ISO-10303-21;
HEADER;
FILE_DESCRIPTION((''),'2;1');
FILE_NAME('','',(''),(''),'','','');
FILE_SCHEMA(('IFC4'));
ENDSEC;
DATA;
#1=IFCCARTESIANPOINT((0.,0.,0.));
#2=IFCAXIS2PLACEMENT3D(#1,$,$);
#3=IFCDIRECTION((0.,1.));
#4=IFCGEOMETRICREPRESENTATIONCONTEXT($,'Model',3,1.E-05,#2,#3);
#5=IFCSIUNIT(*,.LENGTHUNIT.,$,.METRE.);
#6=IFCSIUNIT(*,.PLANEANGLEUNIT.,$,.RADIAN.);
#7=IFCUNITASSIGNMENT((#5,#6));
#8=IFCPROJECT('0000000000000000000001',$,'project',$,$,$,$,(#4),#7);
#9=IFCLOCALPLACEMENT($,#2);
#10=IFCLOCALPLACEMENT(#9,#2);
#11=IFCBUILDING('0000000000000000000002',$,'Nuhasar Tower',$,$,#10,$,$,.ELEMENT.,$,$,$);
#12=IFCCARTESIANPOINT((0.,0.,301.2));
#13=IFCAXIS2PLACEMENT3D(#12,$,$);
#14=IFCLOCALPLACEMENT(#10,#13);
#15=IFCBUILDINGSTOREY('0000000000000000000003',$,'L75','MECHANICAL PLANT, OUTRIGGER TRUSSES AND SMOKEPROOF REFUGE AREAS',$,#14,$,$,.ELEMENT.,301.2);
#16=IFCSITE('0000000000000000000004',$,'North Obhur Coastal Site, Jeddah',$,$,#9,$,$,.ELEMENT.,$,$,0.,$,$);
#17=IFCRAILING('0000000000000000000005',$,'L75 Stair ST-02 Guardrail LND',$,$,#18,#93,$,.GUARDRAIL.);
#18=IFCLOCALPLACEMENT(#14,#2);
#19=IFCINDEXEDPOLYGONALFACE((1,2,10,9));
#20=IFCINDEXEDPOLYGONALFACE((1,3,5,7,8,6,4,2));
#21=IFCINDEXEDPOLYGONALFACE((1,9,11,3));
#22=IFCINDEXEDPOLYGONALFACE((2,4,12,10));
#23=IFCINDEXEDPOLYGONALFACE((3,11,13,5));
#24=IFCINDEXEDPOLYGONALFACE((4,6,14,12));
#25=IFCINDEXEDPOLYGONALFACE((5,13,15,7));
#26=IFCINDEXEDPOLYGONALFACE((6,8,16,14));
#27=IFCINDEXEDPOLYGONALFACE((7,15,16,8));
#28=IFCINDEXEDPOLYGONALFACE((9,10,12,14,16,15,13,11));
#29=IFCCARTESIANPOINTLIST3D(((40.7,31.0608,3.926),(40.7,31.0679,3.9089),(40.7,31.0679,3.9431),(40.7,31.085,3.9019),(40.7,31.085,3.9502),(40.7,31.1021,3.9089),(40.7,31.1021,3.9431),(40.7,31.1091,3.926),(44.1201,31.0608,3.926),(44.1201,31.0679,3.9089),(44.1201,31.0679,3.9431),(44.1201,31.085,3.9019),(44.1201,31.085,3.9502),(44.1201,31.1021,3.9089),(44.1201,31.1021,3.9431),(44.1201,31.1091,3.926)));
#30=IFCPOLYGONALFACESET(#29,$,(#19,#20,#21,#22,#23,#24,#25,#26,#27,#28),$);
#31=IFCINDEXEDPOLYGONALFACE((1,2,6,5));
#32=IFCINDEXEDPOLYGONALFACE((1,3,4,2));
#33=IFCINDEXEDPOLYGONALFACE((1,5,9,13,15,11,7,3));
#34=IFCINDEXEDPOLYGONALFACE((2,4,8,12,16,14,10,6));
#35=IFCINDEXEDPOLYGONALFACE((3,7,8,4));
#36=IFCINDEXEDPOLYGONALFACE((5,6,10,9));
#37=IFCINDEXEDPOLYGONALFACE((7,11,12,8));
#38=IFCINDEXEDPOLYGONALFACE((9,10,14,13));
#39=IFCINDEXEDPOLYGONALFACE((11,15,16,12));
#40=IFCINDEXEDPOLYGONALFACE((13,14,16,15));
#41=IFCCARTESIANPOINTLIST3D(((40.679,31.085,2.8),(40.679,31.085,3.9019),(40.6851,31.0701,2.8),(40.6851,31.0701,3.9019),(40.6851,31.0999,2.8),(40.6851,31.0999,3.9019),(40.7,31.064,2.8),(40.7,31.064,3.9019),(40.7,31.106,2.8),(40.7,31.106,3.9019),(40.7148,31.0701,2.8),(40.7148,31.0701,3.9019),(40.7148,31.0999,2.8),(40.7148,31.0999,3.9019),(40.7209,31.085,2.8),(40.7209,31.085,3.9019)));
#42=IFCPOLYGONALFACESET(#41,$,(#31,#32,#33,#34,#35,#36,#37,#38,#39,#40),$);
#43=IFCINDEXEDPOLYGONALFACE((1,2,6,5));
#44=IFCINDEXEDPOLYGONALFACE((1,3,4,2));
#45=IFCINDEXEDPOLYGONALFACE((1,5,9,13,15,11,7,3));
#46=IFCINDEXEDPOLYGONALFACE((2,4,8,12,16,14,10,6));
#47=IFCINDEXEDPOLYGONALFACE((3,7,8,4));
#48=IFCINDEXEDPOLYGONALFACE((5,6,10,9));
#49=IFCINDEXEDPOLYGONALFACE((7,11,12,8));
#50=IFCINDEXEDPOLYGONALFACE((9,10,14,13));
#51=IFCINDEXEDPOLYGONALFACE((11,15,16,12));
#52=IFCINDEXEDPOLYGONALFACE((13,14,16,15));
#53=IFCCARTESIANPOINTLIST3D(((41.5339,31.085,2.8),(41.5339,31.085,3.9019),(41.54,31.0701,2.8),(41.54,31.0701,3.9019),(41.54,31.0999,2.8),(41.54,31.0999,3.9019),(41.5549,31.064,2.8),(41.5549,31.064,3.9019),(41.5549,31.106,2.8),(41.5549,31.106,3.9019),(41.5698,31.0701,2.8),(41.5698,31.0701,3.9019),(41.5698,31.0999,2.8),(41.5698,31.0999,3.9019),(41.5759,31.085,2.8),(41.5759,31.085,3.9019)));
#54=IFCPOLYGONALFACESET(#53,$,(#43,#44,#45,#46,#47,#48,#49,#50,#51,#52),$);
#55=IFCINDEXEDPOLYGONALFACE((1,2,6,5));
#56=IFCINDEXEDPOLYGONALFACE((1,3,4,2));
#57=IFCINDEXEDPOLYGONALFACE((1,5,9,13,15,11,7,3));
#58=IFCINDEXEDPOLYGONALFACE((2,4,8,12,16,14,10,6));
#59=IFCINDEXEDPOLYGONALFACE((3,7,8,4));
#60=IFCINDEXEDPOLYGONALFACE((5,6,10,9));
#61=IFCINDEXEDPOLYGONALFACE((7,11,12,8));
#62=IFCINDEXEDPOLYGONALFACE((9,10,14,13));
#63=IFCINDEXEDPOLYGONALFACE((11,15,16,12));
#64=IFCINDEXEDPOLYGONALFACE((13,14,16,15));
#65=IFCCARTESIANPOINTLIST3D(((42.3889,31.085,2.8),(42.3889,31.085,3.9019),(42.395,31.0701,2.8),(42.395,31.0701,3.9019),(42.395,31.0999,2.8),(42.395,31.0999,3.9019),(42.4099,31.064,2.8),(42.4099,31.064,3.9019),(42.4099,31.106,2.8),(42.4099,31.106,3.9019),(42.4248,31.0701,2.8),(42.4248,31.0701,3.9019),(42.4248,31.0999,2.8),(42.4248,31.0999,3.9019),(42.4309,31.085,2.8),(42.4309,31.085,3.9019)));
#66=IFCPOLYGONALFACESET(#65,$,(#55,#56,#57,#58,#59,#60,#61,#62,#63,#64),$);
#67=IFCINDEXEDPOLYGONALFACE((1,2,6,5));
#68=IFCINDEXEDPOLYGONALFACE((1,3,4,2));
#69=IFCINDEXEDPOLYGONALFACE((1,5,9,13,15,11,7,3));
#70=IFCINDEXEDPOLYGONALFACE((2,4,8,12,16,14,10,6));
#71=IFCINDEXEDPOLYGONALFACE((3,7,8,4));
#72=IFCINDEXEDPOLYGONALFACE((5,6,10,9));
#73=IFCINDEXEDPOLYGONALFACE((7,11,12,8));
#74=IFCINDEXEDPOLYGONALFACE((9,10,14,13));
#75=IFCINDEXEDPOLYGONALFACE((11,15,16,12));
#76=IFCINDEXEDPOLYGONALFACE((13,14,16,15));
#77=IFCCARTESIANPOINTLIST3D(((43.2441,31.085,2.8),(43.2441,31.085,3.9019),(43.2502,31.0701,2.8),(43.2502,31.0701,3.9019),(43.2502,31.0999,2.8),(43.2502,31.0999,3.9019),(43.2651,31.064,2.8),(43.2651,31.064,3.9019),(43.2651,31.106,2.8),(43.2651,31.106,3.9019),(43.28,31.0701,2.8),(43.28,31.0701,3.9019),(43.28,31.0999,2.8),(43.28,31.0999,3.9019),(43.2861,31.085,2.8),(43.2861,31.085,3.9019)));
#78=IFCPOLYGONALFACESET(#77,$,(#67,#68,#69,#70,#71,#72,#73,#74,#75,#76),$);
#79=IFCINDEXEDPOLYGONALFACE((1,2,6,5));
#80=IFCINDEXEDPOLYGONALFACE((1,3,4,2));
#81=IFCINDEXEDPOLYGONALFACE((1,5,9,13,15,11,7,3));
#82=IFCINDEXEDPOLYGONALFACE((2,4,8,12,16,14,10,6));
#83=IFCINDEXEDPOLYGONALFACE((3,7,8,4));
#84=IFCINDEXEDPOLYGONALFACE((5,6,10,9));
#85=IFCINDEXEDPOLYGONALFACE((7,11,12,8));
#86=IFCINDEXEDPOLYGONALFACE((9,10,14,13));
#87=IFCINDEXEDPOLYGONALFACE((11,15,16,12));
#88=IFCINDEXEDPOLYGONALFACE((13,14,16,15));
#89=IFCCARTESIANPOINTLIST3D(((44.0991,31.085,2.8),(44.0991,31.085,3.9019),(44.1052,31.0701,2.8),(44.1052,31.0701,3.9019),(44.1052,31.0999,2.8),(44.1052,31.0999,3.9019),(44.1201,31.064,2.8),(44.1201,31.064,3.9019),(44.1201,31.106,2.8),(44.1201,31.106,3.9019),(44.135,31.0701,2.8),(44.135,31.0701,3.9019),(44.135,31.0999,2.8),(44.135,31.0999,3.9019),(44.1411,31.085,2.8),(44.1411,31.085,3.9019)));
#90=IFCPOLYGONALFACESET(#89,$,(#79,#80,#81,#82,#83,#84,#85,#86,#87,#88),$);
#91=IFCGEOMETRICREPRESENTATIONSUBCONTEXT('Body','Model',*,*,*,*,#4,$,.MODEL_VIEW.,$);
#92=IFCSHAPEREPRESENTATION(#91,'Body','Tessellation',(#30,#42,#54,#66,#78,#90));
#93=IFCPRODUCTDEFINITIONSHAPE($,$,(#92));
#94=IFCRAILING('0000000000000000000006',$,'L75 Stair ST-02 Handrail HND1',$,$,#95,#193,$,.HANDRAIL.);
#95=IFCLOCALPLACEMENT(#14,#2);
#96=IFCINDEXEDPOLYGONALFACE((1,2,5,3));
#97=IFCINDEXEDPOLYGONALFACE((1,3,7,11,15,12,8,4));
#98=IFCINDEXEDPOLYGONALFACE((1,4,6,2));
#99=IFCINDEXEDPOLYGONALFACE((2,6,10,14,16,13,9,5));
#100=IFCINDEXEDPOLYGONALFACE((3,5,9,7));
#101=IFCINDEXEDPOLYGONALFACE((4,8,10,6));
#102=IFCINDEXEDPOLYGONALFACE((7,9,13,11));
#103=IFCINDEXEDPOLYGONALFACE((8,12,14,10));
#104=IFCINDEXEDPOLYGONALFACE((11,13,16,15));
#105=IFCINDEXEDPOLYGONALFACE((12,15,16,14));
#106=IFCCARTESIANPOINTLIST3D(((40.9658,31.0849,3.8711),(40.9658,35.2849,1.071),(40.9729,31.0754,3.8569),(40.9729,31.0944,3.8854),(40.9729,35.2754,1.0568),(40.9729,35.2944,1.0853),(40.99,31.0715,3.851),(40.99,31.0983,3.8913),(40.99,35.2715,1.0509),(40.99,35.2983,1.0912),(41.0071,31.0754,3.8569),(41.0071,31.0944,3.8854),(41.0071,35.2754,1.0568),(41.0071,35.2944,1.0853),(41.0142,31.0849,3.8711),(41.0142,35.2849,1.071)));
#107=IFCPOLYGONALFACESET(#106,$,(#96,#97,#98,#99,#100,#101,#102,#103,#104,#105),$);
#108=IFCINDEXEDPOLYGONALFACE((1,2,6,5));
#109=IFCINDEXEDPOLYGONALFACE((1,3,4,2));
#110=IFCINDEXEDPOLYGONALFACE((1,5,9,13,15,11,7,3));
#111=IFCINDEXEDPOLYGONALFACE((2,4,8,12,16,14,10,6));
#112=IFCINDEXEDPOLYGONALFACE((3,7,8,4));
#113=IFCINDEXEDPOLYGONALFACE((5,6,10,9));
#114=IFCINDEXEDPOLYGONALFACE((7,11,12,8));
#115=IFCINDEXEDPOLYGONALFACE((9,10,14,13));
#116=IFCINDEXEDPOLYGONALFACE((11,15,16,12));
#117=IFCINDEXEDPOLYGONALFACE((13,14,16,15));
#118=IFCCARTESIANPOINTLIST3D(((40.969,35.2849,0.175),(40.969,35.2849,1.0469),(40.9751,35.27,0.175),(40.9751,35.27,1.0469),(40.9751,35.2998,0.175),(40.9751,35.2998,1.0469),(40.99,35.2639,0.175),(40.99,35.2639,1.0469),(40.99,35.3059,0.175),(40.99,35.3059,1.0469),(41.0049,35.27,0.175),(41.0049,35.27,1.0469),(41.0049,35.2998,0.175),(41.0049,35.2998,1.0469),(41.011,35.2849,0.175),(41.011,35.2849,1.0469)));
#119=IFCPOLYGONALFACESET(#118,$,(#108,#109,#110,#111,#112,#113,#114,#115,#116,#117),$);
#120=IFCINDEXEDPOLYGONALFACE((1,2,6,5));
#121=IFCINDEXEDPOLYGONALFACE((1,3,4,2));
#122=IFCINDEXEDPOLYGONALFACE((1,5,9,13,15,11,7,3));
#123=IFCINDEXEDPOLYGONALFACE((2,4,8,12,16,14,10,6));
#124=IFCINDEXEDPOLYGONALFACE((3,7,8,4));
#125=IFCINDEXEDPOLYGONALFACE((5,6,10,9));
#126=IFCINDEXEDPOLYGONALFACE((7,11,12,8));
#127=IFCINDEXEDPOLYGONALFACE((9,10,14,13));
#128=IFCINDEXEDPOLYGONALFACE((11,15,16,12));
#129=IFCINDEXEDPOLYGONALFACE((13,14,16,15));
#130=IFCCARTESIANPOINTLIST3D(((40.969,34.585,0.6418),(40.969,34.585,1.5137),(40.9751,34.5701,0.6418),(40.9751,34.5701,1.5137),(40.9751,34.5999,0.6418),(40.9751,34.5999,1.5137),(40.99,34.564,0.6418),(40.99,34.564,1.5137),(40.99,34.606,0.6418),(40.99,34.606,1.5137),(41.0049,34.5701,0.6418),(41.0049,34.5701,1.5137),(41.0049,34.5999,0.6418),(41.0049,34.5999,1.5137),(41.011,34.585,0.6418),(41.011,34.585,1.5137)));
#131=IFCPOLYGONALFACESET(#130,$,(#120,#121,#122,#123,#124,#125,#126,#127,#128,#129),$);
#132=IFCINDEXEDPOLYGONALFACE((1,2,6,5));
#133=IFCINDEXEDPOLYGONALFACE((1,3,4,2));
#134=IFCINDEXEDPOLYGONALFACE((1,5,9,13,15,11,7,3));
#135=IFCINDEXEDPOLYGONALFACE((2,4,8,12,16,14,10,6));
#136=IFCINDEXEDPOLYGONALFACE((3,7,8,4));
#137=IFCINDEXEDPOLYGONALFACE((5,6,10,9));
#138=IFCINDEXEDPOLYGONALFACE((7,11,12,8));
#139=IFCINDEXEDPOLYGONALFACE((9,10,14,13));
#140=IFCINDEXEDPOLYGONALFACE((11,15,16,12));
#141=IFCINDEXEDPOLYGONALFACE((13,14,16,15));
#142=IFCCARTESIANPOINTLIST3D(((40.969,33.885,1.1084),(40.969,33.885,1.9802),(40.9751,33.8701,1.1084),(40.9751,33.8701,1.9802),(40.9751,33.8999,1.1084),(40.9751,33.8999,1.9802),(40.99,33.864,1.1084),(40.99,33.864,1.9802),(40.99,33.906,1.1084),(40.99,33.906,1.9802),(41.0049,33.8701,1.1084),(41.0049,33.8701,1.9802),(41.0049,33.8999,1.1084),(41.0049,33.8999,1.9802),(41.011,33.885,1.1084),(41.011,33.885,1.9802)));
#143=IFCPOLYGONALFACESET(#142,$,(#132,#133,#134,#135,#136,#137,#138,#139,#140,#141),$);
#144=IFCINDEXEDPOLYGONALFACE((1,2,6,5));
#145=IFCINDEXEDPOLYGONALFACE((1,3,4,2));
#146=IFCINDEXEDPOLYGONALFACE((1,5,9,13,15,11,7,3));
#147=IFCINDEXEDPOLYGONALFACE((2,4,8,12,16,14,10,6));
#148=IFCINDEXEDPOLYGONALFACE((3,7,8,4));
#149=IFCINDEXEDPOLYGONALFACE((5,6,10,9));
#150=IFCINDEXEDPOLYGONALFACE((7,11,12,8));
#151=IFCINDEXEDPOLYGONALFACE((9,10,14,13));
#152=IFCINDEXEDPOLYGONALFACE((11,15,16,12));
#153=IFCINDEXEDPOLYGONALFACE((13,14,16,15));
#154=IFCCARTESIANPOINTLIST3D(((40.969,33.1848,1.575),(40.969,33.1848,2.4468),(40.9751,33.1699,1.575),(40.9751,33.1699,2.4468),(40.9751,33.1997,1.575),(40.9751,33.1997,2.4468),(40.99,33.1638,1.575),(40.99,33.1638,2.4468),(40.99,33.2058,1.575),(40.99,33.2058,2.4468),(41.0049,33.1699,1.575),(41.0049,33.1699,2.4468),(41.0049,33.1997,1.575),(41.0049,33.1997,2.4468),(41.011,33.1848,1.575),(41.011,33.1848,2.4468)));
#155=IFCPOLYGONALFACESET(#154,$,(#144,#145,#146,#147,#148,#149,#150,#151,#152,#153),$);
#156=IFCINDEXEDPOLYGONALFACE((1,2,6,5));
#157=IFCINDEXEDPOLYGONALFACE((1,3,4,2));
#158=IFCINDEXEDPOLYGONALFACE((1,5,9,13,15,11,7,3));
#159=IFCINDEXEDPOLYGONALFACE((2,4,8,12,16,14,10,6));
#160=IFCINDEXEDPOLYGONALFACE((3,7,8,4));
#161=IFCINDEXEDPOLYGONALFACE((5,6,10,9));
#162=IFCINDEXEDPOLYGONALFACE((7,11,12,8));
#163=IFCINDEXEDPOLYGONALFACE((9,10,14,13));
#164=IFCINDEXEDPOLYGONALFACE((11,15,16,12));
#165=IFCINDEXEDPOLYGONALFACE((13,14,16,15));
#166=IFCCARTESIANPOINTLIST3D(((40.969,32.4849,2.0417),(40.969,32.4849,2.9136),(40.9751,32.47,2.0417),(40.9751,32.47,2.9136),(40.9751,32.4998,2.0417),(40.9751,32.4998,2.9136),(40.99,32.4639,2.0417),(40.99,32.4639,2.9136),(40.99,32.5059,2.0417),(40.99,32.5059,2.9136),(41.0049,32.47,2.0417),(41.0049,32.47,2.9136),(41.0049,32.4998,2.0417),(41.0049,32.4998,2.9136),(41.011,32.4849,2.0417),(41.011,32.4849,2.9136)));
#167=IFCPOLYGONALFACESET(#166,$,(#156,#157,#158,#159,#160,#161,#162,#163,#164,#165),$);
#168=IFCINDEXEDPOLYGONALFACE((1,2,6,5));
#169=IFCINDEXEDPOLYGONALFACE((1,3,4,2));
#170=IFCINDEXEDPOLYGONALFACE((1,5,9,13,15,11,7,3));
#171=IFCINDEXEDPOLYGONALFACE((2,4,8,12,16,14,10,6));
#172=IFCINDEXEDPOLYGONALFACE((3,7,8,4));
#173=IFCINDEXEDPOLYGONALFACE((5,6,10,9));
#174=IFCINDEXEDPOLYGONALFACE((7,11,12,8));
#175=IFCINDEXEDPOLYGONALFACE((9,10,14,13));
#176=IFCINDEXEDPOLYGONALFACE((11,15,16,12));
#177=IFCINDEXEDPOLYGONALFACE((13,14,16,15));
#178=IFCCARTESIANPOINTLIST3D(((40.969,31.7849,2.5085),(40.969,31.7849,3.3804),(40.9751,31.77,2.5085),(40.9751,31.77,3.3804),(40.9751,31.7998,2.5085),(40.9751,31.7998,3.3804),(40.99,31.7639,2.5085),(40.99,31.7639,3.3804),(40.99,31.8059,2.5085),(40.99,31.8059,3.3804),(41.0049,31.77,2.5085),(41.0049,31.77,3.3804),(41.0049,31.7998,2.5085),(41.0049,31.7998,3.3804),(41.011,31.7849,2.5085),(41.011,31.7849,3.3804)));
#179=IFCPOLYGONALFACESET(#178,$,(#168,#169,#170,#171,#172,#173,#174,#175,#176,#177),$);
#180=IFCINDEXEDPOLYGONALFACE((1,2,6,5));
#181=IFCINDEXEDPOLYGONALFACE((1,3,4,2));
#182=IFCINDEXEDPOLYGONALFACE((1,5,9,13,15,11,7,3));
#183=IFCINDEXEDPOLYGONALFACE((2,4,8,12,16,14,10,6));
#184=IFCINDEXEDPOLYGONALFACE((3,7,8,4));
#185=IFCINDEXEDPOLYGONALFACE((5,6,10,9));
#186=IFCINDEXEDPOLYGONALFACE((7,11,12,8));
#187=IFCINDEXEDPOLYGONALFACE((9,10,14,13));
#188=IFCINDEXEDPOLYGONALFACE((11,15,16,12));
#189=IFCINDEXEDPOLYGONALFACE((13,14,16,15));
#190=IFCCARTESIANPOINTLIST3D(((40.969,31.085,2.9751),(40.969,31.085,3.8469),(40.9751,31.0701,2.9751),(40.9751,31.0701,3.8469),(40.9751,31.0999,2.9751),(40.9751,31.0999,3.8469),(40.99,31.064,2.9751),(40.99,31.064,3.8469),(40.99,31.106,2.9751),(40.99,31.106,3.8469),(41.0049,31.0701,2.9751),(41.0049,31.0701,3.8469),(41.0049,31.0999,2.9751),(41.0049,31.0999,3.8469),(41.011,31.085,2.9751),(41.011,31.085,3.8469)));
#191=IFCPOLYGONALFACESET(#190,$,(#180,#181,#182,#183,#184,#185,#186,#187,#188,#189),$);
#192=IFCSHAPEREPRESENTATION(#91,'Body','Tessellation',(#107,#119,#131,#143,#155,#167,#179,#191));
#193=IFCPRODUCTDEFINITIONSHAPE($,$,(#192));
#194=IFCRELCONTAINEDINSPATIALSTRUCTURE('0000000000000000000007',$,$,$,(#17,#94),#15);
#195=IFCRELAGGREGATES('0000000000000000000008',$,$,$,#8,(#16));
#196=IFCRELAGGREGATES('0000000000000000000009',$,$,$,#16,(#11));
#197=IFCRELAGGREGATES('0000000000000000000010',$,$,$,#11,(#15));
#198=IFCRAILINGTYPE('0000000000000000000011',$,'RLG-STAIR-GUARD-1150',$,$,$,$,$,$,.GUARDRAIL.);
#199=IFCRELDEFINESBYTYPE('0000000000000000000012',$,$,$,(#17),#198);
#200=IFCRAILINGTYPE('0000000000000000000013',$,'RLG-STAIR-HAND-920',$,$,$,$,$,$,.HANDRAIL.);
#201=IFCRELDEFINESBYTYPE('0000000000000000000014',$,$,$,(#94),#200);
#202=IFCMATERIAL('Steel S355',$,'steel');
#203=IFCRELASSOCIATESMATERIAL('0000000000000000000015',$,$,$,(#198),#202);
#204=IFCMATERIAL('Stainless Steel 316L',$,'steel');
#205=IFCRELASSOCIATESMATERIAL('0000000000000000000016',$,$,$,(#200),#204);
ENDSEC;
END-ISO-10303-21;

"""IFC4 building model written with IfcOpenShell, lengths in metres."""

from ifc_helpers import new_model, si_unit, direction, frame, origin, place, context, subcontext, project, spatial, polyline, outline, extrude, material, type_object, element, save


model = new_model("IFC4")

# Units and contexts
model_context = context("Model", 3, precision=1e-05, world=origin(), true_north=direction((0.0, 1.0)))
body_context = subcontext(model_context, "Body", "Model", "MODEL_VIEW")
ifc_project = project(units=[si_unit("LENGTHUNIT", "METRE"), si_unit("PLANEANGLEUNIT", "RADIAN")], contexts=[model_context])

# Site, building, storey
site_placement = place(None, origin())
site = spatial("IfcSite", under=ifc_project, at=site_placement, Name="North Obhur Coastal Site, Jeddah", CompositionType="ELEMENT", RefElevation=0.0)
building_placement = place(site_placement, origin())
building = spatial("IfcBuilding", under=site, at=building_placement, Name="Nuhasar Tower", CompositionType="ELEMENT")
storey_placement = place(building_placement, frame((0.0, 0.0, 301.2)))
storey = spatial("IfcBuildingStorey", under=building, at=storey_placement, Name="L75", Description="MECHANICAL PLANT, OUTRIGGER TRUSSES AND SMOKEPROOF REFUGE AREAS", CompositionType="ELEMENT", Elevation=301.2)

# Shared definitions
ifc_material_1 = material(Name="Steel S355", Category="steel")

# Railings
railing_type_1 = type_object("IfcRailingType", Name="RLG-STAIR-GUARD-1150", PredefinedType="GUARDRAIL", material=ifc_material_1)
railing_1_placement = place(storey_placement, frame((40.7, 31.085, 2.8)))
element("IfcRailing", 1, at=railing_1_placement, inside=storey, type_object=railing_type_1, Name="L75 Stair ST-02 Guardrail LND", PredefinedType="GUARDRAIL", context=body_context, shape_type="SweptSolid", body=[
    extrude(outline(polyline([(0.0242, 0.0), (0.0171, 0.0171), (0.0, 0.0242), (-0.0171, 0.0171), (-0.0242, 0.0), (-0.0171, -0.0171), (0.0, -0.0242), (0.0171, -0.0171), (0.0242, 0.0)])), frame((0.0, 0.0, 1.126), z_axis=(1.0, 0.0, 0.0), x_axis=(0.0, 1.0, 0.0)), (0.0, 0.0, 1.0), 3.4202),
    extrude(outline(polyline([(0.021, 0.0), (0.0149, 0.0149), (0.0, 0.021), (-0.0149, 0.0149), (-0.021, 0.0), (-0.0149, -0.0149), (0.0, -0.021), (0.0149, -0.0149), (0.021, 0.0)])), origin(), (0.0, 0.0, 1.0), 1.1018),
    extrude(outline(polyline([(0.021, 0.0), (0.0149, 0.0149), (0.0, 0.021), (-0.0149, 0.0149), (-0.021, 0.0), (-0.0149, -0.0149), (0.0, -0.021), (0.0149, -0.0149), (0.021, 0.0)])), frame((0.855, 0.0, 0.0)), (0.0, 0.0, 1.0), 1.1018),
    extrude(outline(polyline([(0.021, 0.0), (0.0149, 0.0149), (0.0, 0.021), (-0.0149, 0.0149), (-0.021, 0.0), (-0.0149, -0.0149), (0.0, -0.021), (0.0149, -0.0149), (0.021, 0.0)])), frame((1.71, 0.0, 0.0)), (0.0, 0.0, 1.0), 1.1018),
    extrude(outline(polyline([(0.021, 0.0), (0.0149, 0.0149), (0.0, 0.021), (-0.0149, 0.0149), (-0.021, 0.0), (-0.0149, -0.0149), (0.0, -0.021), (0.0149, -0.0149), (0.021, 0.0)])), frame((2.5652, 0.0, 0.0)), (0.0, 0.0, 1.0), 1.1018),
    extrude(outline(polyline([(0.021, 0.0), (0.0149, 0.0149), (0.0, 0.021), (-0.0149, 0.0149), (-0.021, 0.0), (-0.0149, -0.0149), (0.0, -0.021), (0.0149, -0.0149), (0.021, 0.0)])), frame((3.4202, 0.0, 0.0)), (0.0, 0.0, 1.0), 1.1018),
])
ifc_material_2 = material(Name="Stainless Steel 316L", Category="steel")
railing_type_2 = type_object("IfcRailingType", Name="RLG-STAIR-HAND-920", PredefinedType="HANDRAIL", material=ifc_material_2)
railing_2_placement = place(storey_placement, frame((40.99, 35.2849, 0.175)))
element("IfcRailing", 2, at=railing_2_placement, inside=storey, type_object=railing_type_2, Name="L75 Stair ST-02 Handrail HND1", PredefinedType="HANDRAIL", context=body_context, shape_type="SweptSolid", body=[
    extrude(outline(polyline([(0.0242, 0.0), (0.0171, 0.0171), (0.0, 0.0242), (-0.0171, 0.0171), (-0.0242, 0.0), (-0.0171, -0.0171), (0.0, -0.0242), (0.0171, -0.0171), (0.0242, 0.0)])), frame((0.0, 0.0, 0.896), z_axis=(0.0, -0.832043, 0.554711), x_axis=(1.0, 0.0, 0.0)), (0.0, 0.0, 1.0), 5.0479),
    extrude(outline(polyline([(0.021, 0.0), (0.0149, 0.0149), (0.0, 0.021), (-0.0149, 0.0149), (-0.021, 0.0), (-0.0149, -0.0149), (0.0, -0.021), (0.0149, -0.0149), (0.021, 0.0)])), origin(), (0.0, 0.0, 1.0), 0.8718),
    extrude(outline(polyline([(0.021, 0.0), (0.0149, 0.0149), (0.0, 0.021), (-0.0149, 0.0149), (-0.021, 0.0), (-0.0149, -0.0149), (0.0, -0.021), (0.0149, -0.0149), (0.021, 0.0)])), frame((0.0, -0.7, 0.4668)), (0.0, 0.0, 1.0), 0.8718),
    extrude(outline(polyline([(0.021, 0.0), (0.0149, 0.0149), (0.0, 0.021), (-0.0149, 0.0149), (-0.021, 0.0), (-0.0149, -0.0149), (0.0, -0.021), (0.0149, -0.0149), (0.021, 0.0)])), frame((0.0, -1.3999, 0.9333)), (0.0, 0.0, 1.0), 0.8718),
    extrude(outline(polyline([(0.021, 0.0), (0.0149, 0.0149), (0.0, 0.021), (-0.0149, 0.0149), (-0.021, 0.0), (-0.0149, -0.0149), (0.0, -0.021), (0.0149, -0.0149), (0.021, 0.0)])), frame((0.0, -2.1001, 1.3999)), (0.0, 0.0, 1.0), 0.8718),
    extrude(outline(polyline([(0.021, 0.0), (0.0149, 0.0149), (0.0, 0.021), (-0.0149, 0.0149), (-0.021, 0.0), (-0.0149, -0.0149), (0.0, -0.021), (0.0149, -0.0149), (0.021, 0.0)])), frame((0.0, -2.8, 1.8667)), (0.0, 0.0, 1.0), 0.8718),
    extrude(outline(polyline([(0.021, 0.0), (0.0149, 0.0149), (0.0, 0.021), (-0.0149, 0.0149), (-0.021, 0.0), (-0.0149, -0.0149), (0.0, -0.021), (0.0149, -0.0149), (0.021, 0.0)])), frame((0.0, -3.5, 2.3335)), (0.0, 0.0, 1.0), 0.8718),
    extrude(outline(polyline([(0.021, 0.0), (0.0149, 0.0149), (0.0, 0.021), (-0.0149, 0.0149), (-0.021, 0.0), (-0.0149, -0.0149), (0.0, -0.021), (0.0149, -0.0149), (0.021, 0.0)])), frame((0.0, -4.2, 2.8)), (0.0, 0.0, 1.0), 0.8718),
])

save(model, "model.ifc")
